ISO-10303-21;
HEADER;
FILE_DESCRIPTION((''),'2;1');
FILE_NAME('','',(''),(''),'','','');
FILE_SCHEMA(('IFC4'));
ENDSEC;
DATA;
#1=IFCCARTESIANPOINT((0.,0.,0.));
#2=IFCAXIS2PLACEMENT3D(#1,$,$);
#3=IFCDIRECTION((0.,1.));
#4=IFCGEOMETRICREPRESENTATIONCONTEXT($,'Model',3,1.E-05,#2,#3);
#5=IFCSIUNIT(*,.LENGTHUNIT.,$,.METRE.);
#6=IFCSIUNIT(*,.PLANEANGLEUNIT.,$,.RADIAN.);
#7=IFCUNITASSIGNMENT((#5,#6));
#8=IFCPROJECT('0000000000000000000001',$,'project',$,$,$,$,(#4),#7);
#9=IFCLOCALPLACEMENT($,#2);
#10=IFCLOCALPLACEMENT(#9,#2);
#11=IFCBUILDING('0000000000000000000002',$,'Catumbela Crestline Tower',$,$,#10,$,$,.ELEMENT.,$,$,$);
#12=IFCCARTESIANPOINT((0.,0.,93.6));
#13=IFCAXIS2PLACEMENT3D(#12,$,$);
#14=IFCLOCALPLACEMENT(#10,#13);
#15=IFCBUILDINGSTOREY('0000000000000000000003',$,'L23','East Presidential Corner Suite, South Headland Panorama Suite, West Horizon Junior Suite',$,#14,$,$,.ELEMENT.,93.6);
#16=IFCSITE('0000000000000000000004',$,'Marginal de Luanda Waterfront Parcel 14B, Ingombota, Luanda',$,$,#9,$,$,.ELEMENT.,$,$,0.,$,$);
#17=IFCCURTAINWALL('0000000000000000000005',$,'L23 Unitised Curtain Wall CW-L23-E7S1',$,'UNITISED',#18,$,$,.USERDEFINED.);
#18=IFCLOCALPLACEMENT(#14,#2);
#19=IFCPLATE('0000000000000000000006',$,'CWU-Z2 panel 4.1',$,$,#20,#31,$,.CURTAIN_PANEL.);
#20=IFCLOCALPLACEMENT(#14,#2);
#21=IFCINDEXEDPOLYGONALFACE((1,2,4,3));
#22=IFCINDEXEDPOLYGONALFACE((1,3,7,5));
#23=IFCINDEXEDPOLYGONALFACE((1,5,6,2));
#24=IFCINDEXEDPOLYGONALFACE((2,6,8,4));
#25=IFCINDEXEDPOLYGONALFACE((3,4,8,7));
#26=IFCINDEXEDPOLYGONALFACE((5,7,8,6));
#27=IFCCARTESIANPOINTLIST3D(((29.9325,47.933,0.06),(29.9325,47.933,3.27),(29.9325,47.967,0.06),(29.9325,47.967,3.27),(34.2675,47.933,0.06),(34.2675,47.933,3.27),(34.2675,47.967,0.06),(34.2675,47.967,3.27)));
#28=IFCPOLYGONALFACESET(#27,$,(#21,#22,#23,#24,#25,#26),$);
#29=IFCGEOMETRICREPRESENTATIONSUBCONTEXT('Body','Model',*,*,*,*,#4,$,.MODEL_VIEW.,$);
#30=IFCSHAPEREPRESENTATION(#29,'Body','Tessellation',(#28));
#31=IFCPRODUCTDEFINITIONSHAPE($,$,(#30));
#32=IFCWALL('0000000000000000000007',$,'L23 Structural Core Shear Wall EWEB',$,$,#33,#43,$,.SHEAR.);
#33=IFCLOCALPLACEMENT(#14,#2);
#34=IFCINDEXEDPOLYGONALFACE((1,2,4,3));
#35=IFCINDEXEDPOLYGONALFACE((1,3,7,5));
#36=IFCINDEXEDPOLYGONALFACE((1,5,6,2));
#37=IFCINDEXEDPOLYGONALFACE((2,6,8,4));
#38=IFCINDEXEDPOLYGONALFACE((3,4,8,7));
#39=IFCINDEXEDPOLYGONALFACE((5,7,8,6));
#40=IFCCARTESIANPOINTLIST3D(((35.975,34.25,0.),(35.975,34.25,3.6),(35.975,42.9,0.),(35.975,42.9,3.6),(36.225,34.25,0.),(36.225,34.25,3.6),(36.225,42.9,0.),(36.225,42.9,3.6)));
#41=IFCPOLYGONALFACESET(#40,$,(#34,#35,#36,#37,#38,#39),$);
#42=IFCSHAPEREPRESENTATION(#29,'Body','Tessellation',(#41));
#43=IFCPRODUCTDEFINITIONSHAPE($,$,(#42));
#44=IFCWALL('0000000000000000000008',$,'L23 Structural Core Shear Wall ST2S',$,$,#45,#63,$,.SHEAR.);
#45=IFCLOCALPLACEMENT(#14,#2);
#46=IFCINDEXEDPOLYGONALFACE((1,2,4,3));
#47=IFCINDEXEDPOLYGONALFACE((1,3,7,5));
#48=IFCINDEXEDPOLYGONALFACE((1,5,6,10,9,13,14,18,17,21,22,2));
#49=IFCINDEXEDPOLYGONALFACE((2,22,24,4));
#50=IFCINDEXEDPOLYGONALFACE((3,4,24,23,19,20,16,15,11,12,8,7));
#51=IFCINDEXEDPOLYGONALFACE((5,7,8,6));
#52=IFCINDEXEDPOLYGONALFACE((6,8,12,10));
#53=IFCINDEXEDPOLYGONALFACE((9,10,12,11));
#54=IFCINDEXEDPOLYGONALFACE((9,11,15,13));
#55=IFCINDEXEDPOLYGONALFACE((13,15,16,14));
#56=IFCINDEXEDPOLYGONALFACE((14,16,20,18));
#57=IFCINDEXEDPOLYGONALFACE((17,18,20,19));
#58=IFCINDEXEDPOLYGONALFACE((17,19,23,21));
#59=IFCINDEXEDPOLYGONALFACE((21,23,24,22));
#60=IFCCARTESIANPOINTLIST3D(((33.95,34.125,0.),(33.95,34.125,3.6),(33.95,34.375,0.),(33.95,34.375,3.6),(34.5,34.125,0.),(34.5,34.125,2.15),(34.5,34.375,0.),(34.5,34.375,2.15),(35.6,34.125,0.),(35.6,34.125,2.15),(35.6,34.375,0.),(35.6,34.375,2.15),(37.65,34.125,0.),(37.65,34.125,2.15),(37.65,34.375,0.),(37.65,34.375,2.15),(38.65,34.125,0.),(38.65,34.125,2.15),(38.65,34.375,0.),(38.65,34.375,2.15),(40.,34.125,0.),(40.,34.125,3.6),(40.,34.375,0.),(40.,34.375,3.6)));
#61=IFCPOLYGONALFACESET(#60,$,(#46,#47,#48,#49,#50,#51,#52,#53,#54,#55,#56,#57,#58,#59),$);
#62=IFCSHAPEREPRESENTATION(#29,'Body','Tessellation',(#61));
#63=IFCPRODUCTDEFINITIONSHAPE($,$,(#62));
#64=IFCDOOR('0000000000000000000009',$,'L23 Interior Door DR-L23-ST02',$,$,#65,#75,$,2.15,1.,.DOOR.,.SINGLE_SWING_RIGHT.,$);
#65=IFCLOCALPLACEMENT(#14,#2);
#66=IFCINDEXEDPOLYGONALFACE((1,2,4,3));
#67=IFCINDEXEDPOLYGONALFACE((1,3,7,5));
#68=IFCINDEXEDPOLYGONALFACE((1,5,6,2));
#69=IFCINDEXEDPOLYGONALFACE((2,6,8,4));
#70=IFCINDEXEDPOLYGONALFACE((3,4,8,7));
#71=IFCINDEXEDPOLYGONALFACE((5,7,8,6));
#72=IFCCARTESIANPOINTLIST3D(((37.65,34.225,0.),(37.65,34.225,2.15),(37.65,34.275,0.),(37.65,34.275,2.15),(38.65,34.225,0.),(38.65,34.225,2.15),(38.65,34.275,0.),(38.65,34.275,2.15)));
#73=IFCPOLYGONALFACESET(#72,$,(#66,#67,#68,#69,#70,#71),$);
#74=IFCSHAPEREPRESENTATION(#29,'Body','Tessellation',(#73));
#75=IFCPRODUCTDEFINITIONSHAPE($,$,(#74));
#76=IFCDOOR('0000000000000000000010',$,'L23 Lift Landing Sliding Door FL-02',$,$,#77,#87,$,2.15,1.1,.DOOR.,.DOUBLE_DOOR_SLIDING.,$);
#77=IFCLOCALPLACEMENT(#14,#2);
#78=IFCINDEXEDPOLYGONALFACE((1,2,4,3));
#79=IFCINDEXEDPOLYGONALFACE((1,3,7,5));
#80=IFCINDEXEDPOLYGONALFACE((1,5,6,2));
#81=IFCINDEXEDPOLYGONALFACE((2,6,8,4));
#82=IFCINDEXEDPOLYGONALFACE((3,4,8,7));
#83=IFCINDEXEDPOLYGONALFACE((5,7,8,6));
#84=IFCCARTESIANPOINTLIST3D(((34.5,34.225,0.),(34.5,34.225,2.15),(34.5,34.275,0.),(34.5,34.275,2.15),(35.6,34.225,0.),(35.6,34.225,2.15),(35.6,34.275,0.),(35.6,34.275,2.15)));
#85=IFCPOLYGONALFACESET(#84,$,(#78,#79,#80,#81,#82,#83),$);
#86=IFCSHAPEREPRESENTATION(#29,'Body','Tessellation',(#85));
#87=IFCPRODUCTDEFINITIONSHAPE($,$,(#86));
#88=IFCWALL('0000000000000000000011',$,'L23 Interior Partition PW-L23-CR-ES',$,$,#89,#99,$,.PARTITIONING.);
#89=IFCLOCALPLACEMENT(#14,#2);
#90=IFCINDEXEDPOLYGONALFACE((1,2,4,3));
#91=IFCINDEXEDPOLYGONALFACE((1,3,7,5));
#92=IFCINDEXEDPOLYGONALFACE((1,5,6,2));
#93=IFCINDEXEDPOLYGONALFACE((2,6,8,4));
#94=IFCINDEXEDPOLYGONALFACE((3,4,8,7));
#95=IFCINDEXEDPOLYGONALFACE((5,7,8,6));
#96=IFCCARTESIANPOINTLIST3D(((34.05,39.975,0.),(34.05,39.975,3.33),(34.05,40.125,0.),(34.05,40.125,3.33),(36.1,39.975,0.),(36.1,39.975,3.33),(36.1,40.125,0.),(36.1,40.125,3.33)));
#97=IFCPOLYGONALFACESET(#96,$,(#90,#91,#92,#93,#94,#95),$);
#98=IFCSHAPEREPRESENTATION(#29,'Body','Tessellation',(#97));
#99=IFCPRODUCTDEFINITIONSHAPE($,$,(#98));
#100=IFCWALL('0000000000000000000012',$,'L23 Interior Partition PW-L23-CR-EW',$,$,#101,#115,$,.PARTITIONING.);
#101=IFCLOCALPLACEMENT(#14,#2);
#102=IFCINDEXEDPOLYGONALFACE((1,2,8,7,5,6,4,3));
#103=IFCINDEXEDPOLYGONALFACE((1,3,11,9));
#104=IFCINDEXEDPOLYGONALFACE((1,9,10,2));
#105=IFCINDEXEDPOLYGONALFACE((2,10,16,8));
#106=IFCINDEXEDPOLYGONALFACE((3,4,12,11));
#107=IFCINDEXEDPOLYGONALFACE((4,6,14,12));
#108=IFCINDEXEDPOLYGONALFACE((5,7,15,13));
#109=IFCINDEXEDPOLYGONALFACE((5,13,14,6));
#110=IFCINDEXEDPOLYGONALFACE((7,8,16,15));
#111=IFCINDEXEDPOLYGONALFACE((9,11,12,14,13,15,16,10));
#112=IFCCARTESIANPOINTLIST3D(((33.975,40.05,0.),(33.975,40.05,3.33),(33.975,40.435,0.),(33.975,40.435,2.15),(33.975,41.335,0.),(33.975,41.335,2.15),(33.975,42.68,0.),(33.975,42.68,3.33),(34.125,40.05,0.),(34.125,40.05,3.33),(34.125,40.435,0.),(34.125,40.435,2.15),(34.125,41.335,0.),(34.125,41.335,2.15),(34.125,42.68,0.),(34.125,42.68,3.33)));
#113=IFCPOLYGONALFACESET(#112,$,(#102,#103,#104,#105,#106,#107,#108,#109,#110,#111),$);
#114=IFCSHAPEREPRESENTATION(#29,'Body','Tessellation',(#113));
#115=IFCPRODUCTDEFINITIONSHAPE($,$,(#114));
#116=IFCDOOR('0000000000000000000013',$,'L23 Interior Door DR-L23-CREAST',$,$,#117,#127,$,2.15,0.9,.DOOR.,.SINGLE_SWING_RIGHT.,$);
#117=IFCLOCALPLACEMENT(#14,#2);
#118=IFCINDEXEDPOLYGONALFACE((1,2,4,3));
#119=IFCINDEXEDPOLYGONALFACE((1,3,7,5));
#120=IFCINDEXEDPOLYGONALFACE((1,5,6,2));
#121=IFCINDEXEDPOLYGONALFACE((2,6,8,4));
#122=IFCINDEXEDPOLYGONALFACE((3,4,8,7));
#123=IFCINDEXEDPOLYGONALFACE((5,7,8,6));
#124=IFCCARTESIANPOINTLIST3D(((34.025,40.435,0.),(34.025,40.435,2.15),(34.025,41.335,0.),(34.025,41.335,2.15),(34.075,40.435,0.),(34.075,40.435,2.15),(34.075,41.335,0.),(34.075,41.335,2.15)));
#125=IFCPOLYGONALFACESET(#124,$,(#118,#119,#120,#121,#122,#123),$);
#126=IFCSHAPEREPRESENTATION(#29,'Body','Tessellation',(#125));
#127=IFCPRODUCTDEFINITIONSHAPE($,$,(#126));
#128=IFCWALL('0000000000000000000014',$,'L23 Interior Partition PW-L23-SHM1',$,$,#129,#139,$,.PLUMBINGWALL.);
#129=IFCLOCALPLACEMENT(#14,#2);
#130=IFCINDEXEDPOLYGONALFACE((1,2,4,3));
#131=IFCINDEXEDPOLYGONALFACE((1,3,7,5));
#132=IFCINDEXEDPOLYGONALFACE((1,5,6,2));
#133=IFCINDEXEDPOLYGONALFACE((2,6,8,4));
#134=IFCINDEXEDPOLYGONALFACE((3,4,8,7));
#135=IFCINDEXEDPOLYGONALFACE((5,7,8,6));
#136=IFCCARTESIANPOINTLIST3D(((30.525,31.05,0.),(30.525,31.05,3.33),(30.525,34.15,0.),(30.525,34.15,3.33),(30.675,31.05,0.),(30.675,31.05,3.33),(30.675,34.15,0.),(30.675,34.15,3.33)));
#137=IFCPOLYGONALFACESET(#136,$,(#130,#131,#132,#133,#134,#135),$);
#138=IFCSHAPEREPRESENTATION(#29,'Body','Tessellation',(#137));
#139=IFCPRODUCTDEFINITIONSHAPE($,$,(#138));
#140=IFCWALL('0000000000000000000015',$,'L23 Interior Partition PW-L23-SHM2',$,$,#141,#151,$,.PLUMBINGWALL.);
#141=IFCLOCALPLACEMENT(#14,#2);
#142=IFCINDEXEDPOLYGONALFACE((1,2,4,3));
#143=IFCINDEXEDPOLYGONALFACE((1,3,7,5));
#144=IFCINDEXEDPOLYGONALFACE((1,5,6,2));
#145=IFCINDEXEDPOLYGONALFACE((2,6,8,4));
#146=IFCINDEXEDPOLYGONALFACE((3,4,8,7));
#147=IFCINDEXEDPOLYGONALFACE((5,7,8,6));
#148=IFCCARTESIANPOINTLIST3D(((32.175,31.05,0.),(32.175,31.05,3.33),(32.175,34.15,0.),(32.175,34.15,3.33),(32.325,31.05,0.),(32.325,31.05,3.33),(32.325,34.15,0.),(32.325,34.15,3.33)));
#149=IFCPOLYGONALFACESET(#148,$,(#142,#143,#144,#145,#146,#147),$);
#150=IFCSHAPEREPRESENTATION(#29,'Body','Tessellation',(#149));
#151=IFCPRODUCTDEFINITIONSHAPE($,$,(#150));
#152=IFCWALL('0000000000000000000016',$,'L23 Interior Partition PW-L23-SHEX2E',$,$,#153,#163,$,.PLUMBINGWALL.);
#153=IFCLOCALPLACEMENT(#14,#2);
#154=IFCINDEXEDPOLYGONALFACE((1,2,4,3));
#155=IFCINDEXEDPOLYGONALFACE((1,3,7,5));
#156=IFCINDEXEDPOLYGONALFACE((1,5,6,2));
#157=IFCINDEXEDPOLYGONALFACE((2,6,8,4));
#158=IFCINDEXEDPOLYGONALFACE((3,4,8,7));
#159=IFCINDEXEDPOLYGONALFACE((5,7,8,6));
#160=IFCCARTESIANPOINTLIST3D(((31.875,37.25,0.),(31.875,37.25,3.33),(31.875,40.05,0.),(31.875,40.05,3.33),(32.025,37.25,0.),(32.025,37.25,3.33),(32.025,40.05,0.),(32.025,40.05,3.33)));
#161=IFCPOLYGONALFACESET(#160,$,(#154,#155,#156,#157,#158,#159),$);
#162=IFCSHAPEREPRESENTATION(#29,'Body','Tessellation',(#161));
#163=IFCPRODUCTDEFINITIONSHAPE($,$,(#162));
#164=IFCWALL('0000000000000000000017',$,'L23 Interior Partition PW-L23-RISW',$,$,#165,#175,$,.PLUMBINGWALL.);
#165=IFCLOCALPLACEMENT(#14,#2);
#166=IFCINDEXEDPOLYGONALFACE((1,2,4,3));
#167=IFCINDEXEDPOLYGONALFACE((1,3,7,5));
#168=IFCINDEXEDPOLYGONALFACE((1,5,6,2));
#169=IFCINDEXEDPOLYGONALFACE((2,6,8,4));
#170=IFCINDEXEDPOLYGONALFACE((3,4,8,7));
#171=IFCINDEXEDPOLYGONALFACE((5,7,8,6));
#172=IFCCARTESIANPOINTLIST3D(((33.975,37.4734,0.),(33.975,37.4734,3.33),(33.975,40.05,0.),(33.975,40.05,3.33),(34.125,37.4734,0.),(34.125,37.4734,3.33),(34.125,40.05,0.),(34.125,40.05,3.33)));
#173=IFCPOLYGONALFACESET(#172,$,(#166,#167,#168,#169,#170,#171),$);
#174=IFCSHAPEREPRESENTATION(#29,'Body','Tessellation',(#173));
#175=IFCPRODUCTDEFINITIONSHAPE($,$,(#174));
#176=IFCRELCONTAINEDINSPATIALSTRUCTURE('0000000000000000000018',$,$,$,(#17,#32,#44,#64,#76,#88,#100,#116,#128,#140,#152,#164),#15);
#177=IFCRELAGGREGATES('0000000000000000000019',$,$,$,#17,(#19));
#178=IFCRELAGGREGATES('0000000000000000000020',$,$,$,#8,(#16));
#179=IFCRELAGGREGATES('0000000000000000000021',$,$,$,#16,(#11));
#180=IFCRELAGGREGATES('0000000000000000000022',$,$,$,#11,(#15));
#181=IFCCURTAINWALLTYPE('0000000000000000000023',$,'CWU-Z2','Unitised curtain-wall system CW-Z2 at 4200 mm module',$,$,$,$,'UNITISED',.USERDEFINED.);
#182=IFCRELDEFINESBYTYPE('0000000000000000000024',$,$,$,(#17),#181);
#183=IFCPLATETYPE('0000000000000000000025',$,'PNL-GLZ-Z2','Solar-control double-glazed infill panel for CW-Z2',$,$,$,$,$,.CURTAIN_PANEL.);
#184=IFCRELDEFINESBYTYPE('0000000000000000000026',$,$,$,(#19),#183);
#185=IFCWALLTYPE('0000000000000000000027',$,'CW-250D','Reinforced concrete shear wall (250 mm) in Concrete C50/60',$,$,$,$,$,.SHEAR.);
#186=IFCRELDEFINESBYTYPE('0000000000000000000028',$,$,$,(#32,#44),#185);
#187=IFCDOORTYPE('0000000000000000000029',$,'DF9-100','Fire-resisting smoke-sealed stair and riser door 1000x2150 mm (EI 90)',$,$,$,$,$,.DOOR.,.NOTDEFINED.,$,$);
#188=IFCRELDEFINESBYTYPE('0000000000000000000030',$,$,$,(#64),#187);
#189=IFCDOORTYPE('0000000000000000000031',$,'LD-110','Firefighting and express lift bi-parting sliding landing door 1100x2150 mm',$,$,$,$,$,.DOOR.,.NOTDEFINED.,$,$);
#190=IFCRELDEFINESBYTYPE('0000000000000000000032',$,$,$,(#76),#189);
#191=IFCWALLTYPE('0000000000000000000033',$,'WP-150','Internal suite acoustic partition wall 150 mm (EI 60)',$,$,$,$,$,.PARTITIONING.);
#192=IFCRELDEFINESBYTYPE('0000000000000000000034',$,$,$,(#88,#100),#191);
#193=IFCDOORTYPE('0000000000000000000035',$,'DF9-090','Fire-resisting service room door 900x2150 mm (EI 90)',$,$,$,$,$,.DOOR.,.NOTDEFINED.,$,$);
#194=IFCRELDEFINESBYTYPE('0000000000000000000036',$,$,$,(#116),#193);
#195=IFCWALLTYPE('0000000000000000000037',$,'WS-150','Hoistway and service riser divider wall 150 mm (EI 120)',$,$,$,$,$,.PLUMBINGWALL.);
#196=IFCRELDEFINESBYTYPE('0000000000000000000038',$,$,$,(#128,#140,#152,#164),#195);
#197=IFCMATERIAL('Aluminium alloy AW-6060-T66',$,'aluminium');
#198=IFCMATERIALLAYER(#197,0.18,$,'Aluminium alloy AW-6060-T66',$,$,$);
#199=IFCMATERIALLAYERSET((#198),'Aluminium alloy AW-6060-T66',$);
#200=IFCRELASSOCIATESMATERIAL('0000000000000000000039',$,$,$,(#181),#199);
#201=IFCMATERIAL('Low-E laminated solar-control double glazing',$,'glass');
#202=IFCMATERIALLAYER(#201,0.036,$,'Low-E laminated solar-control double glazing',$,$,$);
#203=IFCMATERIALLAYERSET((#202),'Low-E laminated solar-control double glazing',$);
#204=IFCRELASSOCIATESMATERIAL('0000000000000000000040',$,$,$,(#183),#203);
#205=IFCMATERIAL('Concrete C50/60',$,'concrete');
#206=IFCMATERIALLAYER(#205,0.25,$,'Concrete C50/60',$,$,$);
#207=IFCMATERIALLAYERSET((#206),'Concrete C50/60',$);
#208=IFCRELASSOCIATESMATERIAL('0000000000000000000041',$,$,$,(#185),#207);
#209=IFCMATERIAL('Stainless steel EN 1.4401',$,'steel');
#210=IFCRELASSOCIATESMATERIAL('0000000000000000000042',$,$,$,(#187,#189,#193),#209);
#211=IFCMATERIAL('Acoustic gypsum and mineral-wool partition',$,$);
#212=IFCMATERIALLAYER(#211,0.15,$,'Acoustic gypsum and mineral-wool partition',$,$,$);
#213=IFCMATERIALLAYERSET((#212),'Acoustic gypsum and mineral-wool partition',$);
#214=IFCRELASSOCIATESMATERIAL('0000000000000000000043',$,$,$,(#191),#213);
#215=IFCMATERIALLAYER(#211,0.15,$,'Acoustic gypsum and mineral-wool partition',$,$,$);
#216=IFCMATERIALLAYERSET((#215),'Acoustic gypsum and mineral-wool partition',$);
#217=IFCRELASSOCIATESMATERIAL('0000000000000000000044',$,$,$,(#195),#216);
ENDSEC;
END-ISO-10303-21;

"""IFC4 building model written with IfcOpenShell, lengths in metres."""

from ifc_helpers import new_model, si_unit, direction, frame, frame_2d, origin, origin_2d, place, context, subcontext, project, spatial, rectangle, extrude, material, layer, layer_set, type_object, element, fill, aggregate, save


model = new_model("IFC4")

# Units and contexts
model_context = context("Model", 3, precision=1e-05, world=origin(), true_north=direction((0.0, 1.0)))
body_context = subcontext(model_context, "Body", "Model", "MODEL_VIEW")
ifc_project = project(units=[si_unit("LENGTHUNIT", "METRE"), si_unit("PLANEANGLEUNIT", "RADIAN")], contexts=[model_context])

# Site, building, storey
site_placement = place(None, origin())
site = spatial("IfcSite", under=ifc_project, at=site_placement, Name="Marginal de Luanda Waterfront Parcel 14B, Ingombota, Luanda", CompositionType="ELEMENT", RefElevation=0.0)
building_placement = place(site_placement, origin())
building = spatial("IfcBuilding", under=site, at=building_placement, Name="Catumbela Crestline Tower", CompositionType="ELEMENT")
storey_placement = place(building_placement, frame((0.0, 0.0, 93.6)))
storey = spatial("IfcBuildingStorey", under=building, at=storey_placement, Name="L23", Description="East Presidential Corner Suite, South Headland Panorama Suite, West Horizon Junior Suite", CompositionType="ELEMENT", Elevation=93.6)

# Shared definitions
ifc_material_1 = material(Name="Concrete C50/60", Category="concrete")

# Curtain wall
ifc_material_2 = material(Name="Aluminium alloy AW-6060-T66", Category="aluminium")
ifc_layer_1 = layer(ifc_material_2, 0.18, Name="Aluminium alloy AW-6060-T66")
ifc_layer_set_1 = layer_set([ifc_layer_1], Name="Aluminium alloy AW-6060-T66")
curtain_wall_type = type_object("IfcCurtainWallType", Name="CWU-Z2", Description="Unitised curtain-wall system CW-Z2 at 4200 mm module", ElementType="UNITISED", PredefinedType="USERDEFINED", material=ifc_layer_set_1)
curtain_wall_placement = place(storey_placement, origin())
curtain_wall = element("IfcCurtainWall", 1, at=curtain_wall_placement, inside=storey, type_object=curtain_wall_type, Name="L23 Unitised Curtain Wall CW-L23-E7S1", ObjectType="UNITISED", PredefinedType="USERDEFINED")

# Plate
ifc_material_3 = material(Name="Low-E laminated solar-control double glazing", Category="glass")
ifc_layer_2 = layer(ifc_material_3, 0.036, Name="Low-E laminated solar-control double glazing")
ifc_layer_set_2 = layer_set([ifc_layer_2], Name="Low-E laminated solar-control double glazing")
plate_type = type_object("IfcPlateType", Name="PNL-GLZ-Z2", Description="Solar-control double-glazed infill panel for CW-Z2", PredefinedType="CURTAIN_PANEL", material=ifc_layer_set_2)
plate_1_placement = place(storey_placement, frame((32.1, 47.95, 0.06), z_axis=(0.0, 0.0, 1.0), x_axis=(-1.0, 0.0, 0.0)))
plate_1 = element("IfcPlate", 2, at=plate_1_placement, type_object=plate_type, Name="CWU-Z2 panel 4.1", PredefinedType="CURTAIN_PANEL", context=body_context, shape_type="SweptSolid", body=[
    extrude(rectangle(XDim=4.335, YDim=0.034, at=origin_2d()), origin(), (0.0, 0.0, 1.0), 3.21),
])
aggregate(curtain_wall, [plate_1])

# Wall
ifc_layer_3 = layer(ifc_material_1, 0.25, Name="Concrete C50/60")
ifc_layer_set_3 = layer_set([ifc_layer_3], Name="Concrete C50/60")
wall_type_1 = type_object("IfcWallType", Name="CW-250D", Description="Reinforced concrete shear wall (250 mm) in Concrete C50/60", PredefinedType="SHEAR", material=ifc_layer_set_3)
wall_1_placement = place(storey_placement, frame((36.1, 34.25, 0.0), z_axis=(0.0, 0.0, 1.0), x_axis=(0.0, 1.0, 0.0)))
element("IfcWall", 3, at=wall_1_placement, inside=storey, type_object=wall_type_1, Name="L23 Structural Core Shear Wall EWEB", PredefinedType="SHEAR", context=body_context, shape_type="SweptSolid", body=[
    extrude(rectangle(XDim=8.65, YDim=0.25, at=frame_2d((4.325, 0.0))), origin(), (0.0, 0.0, 1.0), 3.6),
])

# Wall, openings, doors
wall_2_placement = place(storey_placement, frame((33.95, 34.25, 0.0), z_axis=(0.0, 0.0, 1.0), x_axis=(1.0, 0.0, 0.0)))
wall_2 = element("IfcWall", 4, at=wall_2_placement, inside=storey, type_object=wall_type_1, Name="L23 Structural Core Shear Wall ST2S", PredefinedType="SHEAR", context=body_context, shape_type="SweptSolid", body=[
    extrude(rectangle(XDim=6.05, YDim=0.25, at=frame_2d((3.025, 0.0))), origin(), (0.0, 0.0, 1.0), 3.6),
])
opening_1_placement = place(wall_2_placement, frame((3.7, 0.0, 0.0)))
opening_1 = element("IfcOpeningElement", 5, at=opening_1_placement, cuts=wall_2, PredefinedType="OPENING", context=body_context, shape_type="SweptSolid", body=[
    extrude(rectangle(XDim=1.0, YDim=2.15, at=frame_2d((0.5, 1.075))), frame((0.0, 0.135, 0.0), z_axis=(0.0, -1.0, 0.0), x_axis=(1.0, 0.0, 0.0)), (0.0, 0.0, 1.0), 0.27),
])
opening_2_placement = place(wall_2_placement, frame((0.55, 0.0, 0.0)))
opening_2 = element("IfcOpeningElement", 6, at=opening_2_placement, cuts=wall_2, PredefinedType="OPENING", context=body_context, shape_type="SweptSolid", body=[
    extrude(rectangle(XDim=1.1, YDim=2.15, at=frame_2d((0.55, 1.075))), frame((0.0, 0.135, 0.0), z_axis=(0.0, -1.0, 0.0), x_axis=(1.0, 0.0, 0.0)), (0.0, 0.0, 1.0), 0.27),
])
ifc_material_4 = material(Name="Stainless steel EN 1.4401", Category="steel")
door_type_1 = type_object("IfcDoorType", Name="DF9-100", Description="Fire-resisting smoke-sealed stair and riser door 1000x2150 mm (EI 90)", OperationType="NOTDEFINED", PredefinedType="DOOR", material=ifc_material_4)
door_1_placement = place(opening_1_placement, origin())
door_1 = element("IfcDoor", 7, at=door_1_placement, inside=storey, type_object=door_type_1, Name="L23 Interior Door DR-L23-ST02", OperationType="SINGLE_SWING_RIGHT", OverallHeight=2.15, OverallWidth=1.0, PredefinedType="DOOR", context=body_context, shape_type="SweptSolid", body=[
    extrude(rectangle(XDim=1.0, YDim=2.15, at=frame_2d((0.5, 1.075))), frame((0.0, 0.025, 0.0), z_axis=(0.0, -1.0, 0.0), x_axis=(1.0, 0.0, 0.0)), (0.0, 0.0, 1.0), 0.05),
])
fill(opening_1, door_1)
door_type_2 = type_object("IfcDoorType", Name="LD-110", Description="Firefighting and express lift bi-parting sliding landing door 1100x2150 mm", OperationType="NOTDEFINED", PredefinedType="DOOR", material=ifc_material_4)
door_2_placement = place(opening_2_placement, origin())
door_2 = element("IfcDoor", 8, at=door_2_placement, inside=storey, type_object=door_type_2, Name="L23 Lift Landing Sliding Door FL-02", OperationType="DOUBLE_DOOR_SLIDING", OverallHeight=2.15, OverallWidth=1.1, PredefinedType="DOOR", context=body_context, shape_type="SweptSolid", body=[
    extrude(rectangle(XDim=1.1, YDim=2.15, at=frame_2d((0.55, 1.075))), frame((0.0, 0.025, 0.0), z_axis=(0.0, -1.0, 0.0), x_axis=(1.0, 0.0, 0.0)), (0.0, 0.0, 1.0), 0.05),
])
fill(opening_2, door_2)

# Wall
ifc_material_5 = material(Name="Acoustic gypsum and mineral-wool partition")
ifc_layer_4 = layer(ifc_material_5, 0.15, Name="Acoustic gypsum and mineral-wool partition")
ifc_layer_set_4 = layer_set([ifc_layer_4], Name="Acoustic gypsum and mineral-wool partition")
wall_type_2 = type_object("IfcWallType", Name="WP-150", Description="Internal suite acoustic partition wall 150 mm (EI 60)", PredefinedType="PARTITIONING", material=ifc_layer_set_4)
wall_3_placement = place(storey_placement, frame((34.05, 40.05, 0.0), z_axis=(0.0, 0.0, 1.0), x_axis=(1.0, 0.0, 0.0)))
element("IfcWall", 9, at=wall_3_placement, inside=storey, type_object=wall_type_2, Name="L23 Interior Partition PW-L23-CR-ES", PredefinedType="PARTITIONING", context=body_context, shape_type="SweptSolid", body=[
    extrude(rectangle(XDim=2.05, YDim=0.15, at=frame_2d((1.025, 0.0))), origin(), (0.0, 0.0, 1.0), 3.33),
])

# Wall, opening, door
wall_4_placement = place(storey_placement, frame((34.05, 40.05, 0.0), z_axis=(0.0, 0.0, 1.0), x_axis=(0.0, 1.0, 0.0)))
wall_4 = element("IfcWall", 10, at=wall_4_placement, inside=storey, type_object=wall_type_2, Name="L23 Interior Partition PW-L23-CR-EW", PredefinedType="PARTITIONING", context=body_context, shape_type="SweptSolid", body=[
    extrude(rectangle(XDim=2.63, YDim=0.15, at=frame_2d((1.315, 0.0))), origin(), (0.0, 0.0, 1.0), 3.33),
])
opening_3_placement = place(wall_4_placement, frame((0.385, 0.0, 0.0)))
opening_3 = element("IfcOpeningElement", 11, at=opening_3_placement, cuts=wall_4, PredefinedType="OPENING", context=body_context, shape_type="SweptSolid", body=[
    extrude(rectangle(XDim=0.9, YDim=2.15, at=frame_2d((0.45, 1.075))), frame((0.0, 0.085, 0.0), z_axis=(0.0, -1.0, 0.0), x_axis=(1.0, 0.0, 0.0)), (0.0, 0.0, 1.0), 0.17),
])
door_type_3 = type_object("IfcDoorType", Name="DF9-090", Description="Fire-resisting service room door 900x2150 mm (EI 90)", OperationType="NOTDEFINED", PredefinedType="DOOR", material=ifc_material_4)
door_3_placement = place(opening_3_placement, origin())
door_3 = element("IfcDoor", 12, at=door_3_placement, inside=storey, type_object=door_type_3, Name="L23 Interior Door DR-L23-CREAST", OperationType="SINGLE_SWING_RIGHT", OverallHeight=2.15, OverallWidth=0.9, PredefinedType="DOOR", context=body_context, shape_type="SweptSolid", body=[
    extrude(rectangle(XDim=0.9, YDim=2.15, at=frame_2d((0.45, 1.075))), frame((0.0, 0.025, 0.0), z_axis=(0.0, -1.0, 0.0), x_axis=(1.0, 0.0, 0.0)), (0.0, 0.0, 1.0), 0.05),
])
fill(opening_3, door_3)

# Walls
ifc_layer_5 = layer(ifc_material_5, 0.15, Name="Acoustic gypsum and mineral-wool partition")
ifc_layer_set_5 = layer_set([ifc_layer_5], Name="Acoustic gypsum and mineral-wool partition")
wall_type_3 = type_object("IfcWallType", Name="WS-150", Description="Hoistway and service riser divider wall 150 mm (EI 120)", PredefinedType="PLUMBINGWALL", material=ifc_layer_set_5)
for number, where, z_axis, x_axis, name in (
    (13, (30.6, 31.05, 0.0), (0.0, 0.0, 1.0), (0.0, 1.0, 0.0), "L23 Interior Partition PW-L23-SHM1"),
    (14, (32.25, 31.05, 0.0), (0.0, 0.0, 1.0), (0.0, 1.0, 0.0), "L23 Interior Partition PW-L23-SHM2"),
):
    element("IfcWall", number, at=place(storey_placement, frame(where, z_axis=z_axis, x_axis=x_axis)), inside=storey, type_object=wall_type_3, Name=name, PredefinedType="PLUMBINGWALL", context=body_context, shape_type="SweptSolid", body=[
        extrude(rectangle(XDim=3.1, YDim=0.15, at=frame_2d((1.55, 0.0))), origin(), (0.0, 0.0, 1.0), 3.33),
    ])
wall_5_placement = place(storey_placement, frame((31.95, 37.25, 0.0), z_axis=(0.0, 0.0, 1.0), x_axis=(0.0, 1.0, 0.0)))
element("IfcWall", 15, at=wall_5_placement, inside=storey, type_object=wall_type_3, Name="L23 Interior Partition PW-L23-SHEX2E", PredefinedType="PLUMBINGWALL", context=body_context, shape_type="SweptSolid", body=[
    extrude(rectangle(XDim=2.8, YDim=0.15, at=frame_2d((1.4, 0.0))), origin(), (0.0, 0.0, 1.0), 3.33),
])
wall_6_placement = place(storey_placement, frame((34.05, 37.4734, 0.0), z_axis=(0.0, 0.0, 1.0), x_axis=(0.0, 1.0, 0.0)))
element("IfcWall", 16, at=wall_6_placement, inside=storey, type_object=wall_type_3, Name="L23 Interior Partition PW-L23-RISW", PredefinedType="PLUMBINGWALL", context=body_context, shape_type="SweptSolid", body=[
    extrude(rectangle(XDim=2.5766, YDim=0.15, at=frame_2d((1.2883, 0.0))), origin(), (0.0, 0.0, 1.0), 3.33),
])

save(model, "model.ifc")
